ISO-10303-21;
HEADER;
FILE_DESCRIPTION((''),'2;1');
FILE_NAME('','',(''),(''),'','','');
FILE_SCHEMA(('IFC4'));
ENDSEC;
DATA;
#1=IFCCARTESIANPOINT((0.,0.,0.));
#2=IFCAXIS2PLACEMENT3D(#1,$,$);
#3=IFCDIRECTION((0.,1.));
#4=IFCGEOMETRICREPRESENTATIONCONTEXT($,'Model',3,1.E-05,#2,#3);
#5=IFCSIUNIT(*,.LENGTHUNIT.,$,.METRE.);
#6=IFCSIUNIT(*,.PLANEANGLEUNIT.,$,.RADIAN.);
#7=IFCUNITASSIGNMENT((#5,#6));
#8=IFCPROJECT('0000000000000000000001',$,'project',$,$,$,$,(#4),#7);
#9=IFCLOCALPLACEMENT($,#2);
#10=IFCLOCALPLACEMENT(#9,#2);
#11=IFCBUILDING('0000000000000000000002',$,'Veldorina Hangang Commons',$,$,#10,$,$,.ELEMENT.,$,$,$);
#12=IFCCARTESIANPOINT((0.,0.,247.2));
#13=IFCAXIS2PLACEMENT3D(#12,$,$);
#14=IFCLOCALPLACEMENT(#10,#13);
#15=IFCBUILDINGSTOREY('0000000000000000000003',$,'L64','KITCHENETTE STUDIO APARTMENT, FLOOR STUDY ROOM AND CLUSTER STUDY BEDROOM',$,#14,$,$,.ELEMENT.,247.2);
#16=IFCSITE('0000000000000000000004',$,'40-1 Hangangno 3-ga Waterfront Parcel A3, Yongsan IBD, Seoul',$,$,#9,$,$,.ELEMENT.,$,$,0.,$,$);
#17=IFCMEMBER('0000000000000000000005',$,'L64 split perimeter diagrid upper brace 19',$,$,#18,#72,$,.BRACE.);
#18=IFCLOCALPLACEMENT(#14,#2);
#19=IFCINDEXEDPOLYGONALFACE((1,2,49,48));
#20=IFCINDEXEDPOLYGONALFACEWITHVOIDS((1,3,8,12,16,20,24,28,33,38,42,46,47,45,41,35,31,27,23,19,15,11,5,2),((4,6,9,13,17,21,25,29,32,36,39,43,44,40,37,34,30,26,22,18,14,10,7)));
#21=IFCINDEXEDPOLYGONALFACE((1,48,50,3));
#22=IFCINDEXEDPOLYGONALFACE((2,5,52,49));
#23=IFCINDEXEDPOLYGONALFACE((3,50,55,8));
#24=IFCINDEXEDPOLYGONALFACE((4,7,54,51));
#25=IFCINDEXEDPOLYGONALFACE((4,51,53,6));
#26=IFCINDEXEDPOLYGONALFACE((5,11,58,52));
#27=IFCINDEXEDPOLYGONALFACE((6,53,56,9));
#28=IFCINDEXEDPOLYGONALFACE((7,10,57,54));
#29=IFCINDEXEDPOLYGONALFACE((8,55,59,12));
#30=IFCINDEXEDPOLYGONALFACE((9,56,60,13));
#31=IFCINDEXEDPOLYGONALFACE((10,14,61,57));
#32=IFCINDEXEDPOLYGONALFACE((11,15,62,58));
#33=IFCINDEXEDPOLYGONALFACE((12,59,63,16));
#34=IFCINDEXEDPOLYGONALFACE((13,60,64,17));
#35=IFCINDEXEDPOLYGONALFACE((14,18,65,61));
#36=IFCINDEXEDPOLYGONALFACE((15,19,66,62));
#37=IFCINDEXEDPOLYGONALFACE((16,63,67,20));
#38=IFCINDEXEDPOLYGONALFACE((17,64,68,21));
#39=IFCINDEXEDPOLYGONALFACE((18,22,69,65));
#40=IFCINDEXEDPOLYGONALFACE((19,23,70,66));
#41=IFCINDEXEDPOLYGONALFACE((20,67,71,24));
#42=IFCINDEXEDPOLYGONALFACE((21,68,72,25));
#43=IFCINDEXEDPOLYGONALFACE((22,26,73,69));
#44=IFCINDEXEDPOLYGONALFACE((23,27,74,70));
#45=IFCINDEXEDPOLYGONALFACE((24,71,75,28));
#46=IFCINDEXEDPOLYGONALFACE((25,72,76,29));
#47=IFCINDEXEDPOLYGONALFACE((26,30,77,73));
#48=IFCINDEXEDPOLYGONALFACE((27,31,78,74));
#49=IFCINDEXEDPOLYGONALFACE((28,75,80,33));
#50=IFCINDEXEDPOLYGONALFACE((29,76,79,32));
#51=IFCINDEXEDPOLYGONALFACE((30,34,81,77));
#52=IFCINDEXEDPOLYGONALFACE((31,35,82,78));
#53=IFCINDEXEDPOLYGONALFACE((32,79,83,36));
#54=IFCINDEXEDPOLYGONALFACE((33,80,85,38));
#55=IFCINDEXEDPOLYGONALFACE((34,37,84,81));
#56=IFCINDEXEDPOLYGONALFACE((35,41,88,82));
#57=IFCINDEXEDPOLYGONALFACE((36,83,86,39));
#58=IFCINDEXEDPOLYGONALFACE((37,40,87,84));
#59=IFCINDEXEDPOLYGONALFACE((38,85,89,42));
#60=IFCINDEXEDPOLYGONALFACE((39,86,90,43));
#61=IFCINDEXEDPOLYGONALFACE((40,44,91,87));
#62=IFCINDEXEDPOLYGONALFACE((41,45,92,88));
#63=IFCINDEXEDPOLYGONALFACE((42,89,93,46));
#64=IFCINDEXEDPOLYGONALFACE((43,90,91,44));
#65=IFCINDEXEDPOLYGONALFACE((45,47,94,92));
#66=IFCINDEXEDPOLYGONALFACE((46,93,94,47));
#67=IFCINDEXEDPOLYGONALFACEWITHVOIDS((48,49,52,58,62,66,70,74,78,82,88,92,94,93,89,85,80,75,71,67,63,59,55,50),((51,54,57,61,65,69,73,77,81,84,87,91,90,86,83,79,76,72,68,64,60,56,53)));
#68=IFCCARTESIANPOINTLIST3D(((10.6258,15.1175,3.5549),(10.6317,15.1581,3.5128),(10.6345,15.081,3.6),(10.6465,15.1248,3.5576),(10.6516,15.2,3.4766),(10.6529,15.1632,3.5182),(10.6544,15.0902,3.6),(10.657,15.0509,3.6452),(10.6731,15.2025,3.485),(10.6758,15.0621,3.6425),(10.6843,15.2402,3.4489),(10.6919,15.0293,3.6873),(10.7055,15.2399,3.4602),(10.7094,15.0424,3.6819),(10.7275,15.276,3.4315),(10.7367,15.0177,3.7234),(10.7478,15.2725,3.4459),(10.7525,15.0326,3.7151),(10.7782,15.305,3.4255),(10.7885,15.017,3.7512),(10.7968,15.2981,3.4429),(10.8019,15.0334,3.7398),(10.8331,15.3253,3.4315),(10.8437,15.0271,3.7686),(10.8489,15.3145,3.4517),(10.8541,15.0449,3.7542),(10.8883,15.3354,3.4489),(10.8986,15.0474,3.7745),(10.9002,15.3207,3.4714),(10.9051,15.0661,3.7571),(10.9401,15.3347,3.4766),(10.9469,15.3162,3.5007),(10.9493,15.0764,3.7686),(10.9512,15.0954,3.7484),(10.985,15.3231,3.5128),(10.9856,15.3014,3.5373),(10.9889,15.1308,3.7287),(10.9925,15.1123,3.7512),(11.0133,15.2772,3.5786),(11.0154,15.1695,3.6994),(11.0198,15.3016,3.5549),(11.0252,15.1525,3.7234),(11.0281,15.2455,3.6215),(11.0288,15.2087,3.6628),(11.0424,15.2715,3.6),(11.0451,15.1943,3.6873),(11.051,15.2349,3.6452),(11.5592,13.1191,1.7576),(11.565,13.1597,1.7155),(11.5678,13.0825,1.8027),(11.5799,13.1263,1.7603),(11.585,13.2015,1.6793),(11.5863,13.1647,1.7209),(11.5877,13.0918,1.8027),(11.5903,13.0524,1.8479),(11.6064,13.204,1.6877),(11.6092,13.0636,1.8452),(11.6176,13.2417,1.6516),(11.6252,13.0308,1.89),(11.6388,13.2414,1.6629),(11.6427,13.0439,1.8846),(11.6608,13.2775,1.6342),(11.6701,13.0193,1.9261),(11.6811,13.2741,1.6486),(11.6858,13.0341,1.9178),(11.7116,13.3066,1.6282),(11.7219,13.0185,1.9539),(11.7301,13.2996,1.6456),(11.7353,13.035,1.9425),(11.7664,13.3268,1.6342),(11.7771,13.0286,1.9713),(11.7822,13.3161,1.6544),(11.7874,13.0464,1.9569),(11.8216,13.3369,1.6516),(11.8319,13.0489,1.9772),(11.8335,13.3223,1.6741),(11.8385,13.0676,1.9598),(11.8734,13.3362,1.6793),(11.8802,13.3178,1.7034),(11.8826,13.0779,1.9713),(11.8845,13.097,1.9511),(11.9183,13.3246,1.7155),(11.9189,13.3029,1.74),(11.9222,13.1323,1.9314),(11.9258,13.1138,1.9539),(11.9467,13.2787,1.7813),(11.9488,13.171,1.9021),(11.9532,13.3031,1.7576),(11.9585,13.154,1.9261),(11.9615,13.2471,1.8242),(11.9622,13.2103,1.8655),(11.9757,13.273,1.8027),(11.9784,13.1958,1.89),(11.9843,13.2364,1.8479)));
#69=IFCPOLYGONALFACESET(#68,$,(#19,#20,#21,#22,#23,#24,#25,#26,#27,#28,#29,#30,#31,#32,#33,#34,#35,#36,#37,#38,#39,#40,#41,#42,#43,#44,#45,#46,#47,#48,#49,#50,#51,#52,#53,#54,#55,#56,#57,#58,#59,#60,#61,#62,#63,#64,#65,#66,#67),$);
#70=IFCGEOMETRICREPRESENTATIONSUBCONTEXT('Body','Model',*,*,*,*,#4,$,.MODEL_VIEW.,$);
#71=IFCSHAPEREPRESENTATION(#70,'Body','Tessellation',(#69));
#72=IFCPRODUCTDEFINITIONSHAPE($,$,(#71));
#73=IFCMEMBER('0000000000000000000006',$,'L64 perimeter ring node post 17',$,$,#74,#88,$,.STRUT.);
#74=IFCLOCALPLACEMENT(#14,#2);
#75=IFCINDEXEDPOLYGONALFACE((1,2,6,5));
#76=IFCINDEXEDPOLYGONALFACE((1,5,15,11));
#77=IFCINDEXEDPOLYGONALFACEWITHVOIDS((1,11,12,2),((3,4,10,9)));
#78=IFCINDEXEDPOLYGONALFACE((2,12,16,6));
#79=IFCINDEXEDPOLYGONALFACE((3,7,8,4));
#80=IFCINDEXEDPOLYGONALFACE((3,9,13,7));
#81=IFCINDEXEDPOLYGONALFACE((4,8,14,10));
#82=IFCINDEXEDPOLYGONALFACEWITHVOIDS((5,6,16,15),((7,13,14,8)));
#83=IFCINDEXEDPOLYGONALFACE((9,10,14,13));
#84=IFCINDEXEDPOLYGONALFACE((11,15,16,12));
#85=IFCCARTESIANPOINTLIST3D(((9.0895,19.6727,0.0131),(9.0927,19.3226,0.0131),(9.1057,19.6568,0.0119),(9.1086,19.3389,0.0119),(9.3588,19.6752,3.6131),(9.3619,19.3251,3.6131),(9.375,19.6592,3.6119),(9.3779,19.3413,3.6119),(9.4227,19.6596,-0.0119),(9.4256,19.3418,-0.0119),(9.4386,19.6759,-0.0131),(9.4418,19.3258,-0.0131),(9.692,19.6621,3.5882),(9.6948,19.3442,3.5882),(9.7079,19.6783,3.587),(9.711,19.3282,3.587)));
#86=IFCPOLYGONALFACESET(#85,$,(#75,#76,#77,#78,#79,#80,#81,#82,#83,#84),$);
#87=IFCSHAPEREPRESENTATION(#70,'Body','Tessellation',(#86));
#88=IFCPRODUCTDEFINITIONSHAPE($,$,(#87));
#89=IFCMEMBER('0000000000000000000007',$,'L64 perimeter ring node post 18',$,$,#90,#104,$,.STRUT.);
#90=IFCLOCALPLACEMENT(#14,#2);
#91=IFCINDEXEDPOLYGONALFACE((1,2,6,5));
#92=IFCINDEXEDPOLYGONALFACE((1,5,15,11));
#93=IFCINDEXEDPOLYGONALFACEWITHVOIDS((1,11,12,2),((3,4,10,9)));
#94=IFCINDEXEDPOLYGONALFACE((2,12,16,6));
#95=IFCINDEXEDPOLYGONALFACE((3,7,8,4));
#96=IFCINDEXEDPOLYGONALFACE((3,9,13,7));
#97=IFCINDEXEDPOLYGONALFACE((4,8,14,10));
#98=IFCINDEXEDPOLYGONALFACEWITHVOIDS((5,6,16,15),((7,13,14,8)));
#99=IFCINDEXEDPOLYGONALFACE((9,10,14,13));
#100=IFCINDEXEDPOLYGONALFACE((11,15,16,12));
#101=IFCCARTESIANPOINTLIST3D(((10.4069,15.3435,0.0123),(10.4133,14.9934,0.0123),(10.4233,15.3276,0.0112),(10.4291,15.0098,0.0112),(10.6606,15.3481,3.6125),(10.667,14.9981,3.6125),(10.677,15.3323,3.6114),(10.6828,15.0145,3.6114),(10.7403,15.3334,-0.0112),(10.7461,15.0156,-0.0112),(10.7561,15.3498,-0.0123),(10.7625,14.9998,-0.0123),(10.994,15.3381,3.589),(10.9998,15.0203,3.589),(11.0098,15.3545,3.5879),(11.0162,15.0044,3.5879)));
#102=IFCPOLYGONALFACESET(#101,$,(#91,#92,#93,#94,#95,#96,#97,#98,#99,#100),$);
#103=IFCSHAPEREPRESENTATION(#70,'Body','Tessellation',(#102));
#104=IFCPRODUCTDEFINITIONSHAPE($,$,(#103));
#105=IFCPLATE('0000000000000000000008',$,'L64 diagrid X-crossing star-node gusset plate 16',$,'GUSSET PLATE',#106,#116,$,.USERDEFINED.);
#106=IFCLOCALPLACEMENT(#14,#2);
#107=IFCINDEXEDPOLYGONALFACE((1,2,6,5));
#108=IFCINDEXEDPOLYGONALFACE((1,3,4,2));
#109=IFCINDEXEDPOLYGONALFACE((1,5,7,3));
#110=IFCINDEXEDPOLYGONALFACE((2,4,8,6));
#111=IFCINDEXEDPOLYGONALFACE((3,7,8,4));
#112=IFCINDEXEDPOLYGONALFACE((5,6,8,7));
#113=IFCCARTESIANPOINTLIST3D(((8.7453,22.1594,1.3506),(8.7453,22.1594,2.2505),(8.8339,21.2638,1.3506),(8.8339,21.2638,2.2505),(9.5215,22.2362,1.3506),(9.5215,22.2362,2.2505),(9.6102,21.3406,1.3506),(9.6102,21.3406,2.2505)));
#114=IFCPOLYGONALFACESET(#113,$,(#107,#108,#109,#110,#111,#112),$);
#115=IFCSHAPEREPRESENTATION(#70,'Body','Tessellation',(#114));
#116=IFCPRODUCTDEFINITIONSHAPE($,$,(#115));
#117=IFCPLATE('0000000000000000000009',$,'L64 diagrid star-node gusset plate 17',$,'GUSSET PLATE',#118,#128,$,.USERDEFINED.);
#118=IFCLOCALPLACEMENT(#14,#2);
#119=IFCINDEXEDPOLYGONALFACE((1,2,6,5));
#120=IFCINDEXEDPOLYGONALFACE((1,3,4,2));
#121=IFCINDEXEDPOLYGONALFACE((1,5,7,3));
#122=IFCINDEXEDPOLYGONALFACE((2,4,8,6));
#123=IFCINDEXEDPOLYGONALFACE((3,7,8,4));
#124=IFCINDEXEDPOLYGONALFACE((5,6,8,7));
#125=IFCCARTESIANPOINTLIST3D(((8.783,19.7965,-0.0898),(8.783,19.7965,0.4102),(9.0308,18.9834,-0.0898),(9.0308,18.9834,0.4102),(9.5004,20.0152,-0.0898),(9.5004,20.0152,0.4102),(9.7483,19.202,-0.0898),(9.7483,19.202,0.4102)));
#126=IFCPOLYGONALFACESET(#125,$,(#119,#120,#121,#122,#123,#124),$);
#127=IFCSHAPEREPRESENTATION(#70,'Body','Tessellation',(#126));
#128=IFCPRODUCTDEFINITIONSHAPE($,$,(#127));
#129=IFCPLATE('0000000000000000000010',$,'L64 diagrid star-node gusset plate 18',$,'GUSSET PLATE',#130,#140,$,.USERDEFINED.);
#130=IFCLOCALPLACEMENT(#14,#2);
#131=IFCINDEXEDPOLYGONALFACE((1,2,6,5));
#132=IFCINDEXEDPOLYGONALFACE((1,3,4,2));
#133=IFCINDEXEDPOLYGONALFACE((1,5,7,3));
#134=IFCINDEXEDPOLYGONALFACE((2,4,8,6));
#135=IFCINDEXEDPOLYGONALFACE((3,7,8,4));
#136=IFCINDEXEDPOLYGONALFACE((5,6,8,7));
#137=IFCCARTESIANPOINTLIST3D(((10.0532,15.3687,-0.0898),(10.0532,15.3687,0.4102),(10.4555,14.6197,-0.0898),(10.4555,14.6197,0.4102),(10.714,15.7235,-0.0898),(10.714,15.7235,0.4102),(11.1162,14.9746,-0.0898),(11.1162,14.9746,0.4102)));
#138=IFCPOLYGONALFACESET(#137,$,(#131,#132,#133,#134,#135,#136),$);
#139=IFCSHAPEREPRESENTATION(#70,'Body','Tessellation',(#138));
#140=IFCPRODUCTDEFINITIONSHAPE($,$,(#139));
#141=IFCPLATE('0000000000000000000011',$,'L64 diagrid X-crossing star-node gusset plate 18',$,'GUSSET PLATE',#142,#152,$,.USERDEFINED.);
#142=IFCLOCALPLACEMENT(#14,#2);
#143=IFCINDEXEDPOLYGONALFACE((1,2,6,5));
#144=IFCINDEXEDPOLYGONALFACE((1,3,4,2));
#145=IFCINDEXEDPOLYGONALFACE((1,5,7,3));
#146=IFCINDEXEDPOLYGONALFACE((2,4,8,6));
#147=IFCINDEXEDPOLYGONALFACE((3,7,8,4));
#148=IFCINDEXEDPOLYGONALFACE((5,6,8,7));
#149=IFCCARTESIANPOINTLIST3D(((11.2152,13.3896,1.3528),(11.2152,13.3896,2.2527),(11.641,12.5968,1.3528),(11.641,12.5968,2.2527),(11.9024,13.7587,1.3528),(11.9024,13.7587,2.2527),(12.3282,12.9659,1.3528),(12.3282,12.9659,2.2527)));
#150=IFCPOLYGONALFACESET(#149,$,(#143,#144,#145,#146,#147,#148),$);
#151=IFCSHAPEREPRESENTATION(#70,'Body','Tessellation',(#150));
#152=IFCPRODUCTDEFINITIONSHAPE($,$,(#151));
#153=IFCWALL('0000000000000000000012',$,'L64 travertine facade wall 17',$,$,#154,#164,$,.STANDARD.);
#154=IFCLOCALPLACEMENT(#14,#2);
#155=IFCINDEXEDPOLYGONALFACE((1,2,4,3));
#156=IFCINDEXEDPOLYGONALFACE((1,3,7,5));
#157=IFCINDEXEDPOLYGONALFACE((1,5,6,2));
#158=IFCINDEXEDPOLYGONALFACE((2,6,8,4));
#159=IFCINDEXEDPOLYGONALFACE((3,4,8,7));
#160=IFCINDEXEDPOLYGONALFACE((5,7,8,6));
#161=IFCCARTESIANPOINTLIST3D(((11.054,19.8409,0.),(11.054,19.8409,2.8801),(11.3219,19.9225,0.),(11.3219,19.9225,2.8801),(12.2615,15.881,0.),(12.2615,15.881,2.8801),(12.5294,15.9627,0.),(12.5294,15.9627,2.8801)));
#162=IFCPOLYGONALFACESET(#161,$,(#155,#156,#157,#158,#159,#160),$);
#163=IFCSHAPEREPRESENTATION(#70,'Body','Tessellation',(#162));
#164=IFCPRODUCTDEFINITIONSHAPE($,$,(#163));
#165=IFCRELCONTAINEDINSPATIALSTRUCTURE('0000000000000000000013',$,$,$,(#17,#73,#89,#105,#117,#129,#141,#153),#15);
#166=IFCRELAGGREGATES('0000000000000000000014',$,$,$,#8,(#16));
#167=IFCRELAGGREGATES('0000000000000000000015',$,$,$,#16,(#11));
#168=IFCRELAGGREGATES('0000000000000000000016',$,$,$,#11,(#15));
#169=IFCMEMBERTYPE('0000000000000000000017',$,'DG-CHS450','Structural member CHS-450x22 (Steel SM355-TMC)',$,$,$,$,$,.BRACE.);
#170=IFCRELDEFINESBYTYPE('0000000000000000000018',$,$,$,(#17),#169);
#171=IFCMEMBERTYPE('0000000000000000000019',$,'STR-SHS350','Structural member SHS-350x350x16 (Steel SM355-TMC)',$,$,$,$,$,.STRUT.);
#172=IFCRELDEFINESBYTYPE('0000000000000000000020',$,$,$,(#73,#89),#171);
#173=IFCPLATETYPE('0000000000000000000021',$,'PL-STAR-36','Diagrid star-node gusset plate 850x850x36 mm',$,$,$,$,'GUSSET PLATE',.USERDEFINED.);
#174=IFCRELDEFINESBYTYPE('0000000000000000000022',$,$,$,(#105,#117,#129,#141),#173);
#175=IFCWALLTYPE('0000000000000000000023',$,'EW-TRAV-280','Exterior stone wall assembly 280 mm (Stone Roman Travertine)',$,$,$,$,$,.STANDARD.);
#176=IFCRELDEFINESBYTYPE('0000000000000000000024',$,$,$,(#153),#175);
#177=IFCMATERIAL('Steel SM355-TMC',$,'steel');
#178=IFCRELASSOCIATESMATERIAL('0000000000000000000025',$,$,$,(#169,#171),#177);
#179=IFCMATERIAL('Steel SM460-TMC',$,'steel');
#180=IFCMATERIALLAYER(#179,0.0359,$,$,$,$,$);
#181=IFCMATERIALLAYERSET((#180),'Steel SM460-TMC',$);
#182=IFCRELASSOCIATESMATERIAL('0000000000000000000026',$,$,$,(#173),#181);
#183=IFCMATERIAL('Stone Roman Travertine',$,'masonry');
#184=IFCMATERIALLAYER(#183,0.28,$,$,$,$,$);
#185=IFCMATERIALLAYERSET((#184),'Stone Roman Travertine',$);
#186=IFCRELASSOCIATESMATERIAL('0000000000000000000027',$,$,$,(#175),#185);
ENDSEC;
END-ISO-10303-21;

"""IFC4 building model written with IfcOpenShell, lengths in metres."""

from ifc_helpers import new_model, si_unit, direction, frame, frame_2d, origin, origin_2d, place, context, subcontext, project, spatial, rectangle, hollow_rectangle, hollow_circle, extrude, material, layer, layer_set, material_profile, profile_set, type_object, element, save


model = new_model("IFC4")

# Units and contexts
model_context = context("Model", 3, precision=1e-05, world=origin(), true_north=direction((0.0, 1.0)))
body_context = subcontext(model_context, "Body", "Model", "MODEL_VIEW")
ifc_project = project(units=[si_unit("LENGTHUNIT", "METRE"), si_unit("PLANEANGLEUNIT", "RADIAN")], contexts=[model_context])

# Site, building, storey
site_placement = place(None, origin())
site = spatial("IfcSite", under=ifc_project, at=site_placement, Name="40-1 Hangangno 3-ga Waterfront Parcel A3, Yongsan IBD, Seoul", CompositionType="ELEMENT", RefElevation=0.0)
building_placement = place(site_placement, origin())
building = spatial("IfcBuilding", under=site, at=building_placement, Name="Veldorina Hangang Commons", CompositionType="ELEMENT")
storey_placement = place(building_placement, frame((0.0, 0.0, 247.2)))
storey = spatial("IfcBuildingStorey", under=building, at=storey_placement, Name="L64", Description="KITCHENETTE STUDIO APARTMENT, FLOOR STUDY ROOM AND CLUSTER STUDY BEDROOM", CompositionType="ELEMENT", Elevation=247.2)

# Shared definitions
ifc_material_1 = material(Name="Steel SM355-TMC", Category="steel")

# Members
ifc_material_profile_1 = material_profile(ifc_material_1, hollow_circle(Radius=0.2251, WallThickness=0.022, at=origin_2d()), Name="CHS-450x22")
ifc_profile_set_1 = profile_set([ifc_material_profile_1], Name="Steel SM355-TMC")
member_type_1 = type_object("IfcMemberType", Name="DG-CHS450", Description="Structural member CHS-450x22 (Steel SM355-TMC)", PredefinedType="BRACE", material=ifc_profile_set_1)
member_1_placement = place(storey_placement, frame((11.7717, 13.1777, 1.8027), z_axis=(-0.328031, 0.702396, 0.631693), x_axis=(-0.906062, -0.423146, 0.0)))
element("IfcMember", 1, at=member_1_placement, inside=storey, type_object=member_type_1, Name="L64 split perimeter diagrid upper brace 19", PredefinedType="BRACE", context=body_context, shape_type="SweptSolid", body=[
    extrude(hollow_circle(Radius=0.2251, WallThickness=0.022, at=origin_2d()), origin(), (0.0, 0.0, 1.0), 2.8452),
])
ifc_material_profile_2 = material_profile(ifc_material_1, hollow_rectangle(XDim=0.3501, YDim=0.3501, WallThickness=0.0161, at=origin_2d()), Name="SHS-350x350x16")
ifc_profile_set_2 = profile_set([ifc_material_profile_2], Name="Steel SM355-TMC")
member_type_2 = type_object("IfcMemberType", Name="STR-SHS350", Description="Structural member SHS-350x350x16 (Steel SM355-TMC)", PredefinedType="STRUT", material=ifc_profile_set_2)
member_2_placement = place(storey_placement, frame((9.2656, 19.4993, 0.0), z_axis=(0.074592, 0.000676, 0.997214), x_axis=(-0.009066, 0.999959, 0.0)))
element("IfcMember", 2, at=member_2_placement, inside=storey, type_object=member_type_2, Name="L64 perimeter ring node post 17", PredefinedType="STRUT", context=body_context, shape_type="SweptSolid", body=[
    extrude(hollow_rectangle(XDim=0.3501, YDim=0.3501, WallThickness=0.0161, at=origin_2d()), origin(), (0.0, 0.0, 1.0), 3.6101),
])
member_3_placement = place(storey_placement, frame((10.5847, 15.1716, 0.0), z_axis=(0.070285, 0.001285, 0.997526), x_axis=(-0.018284, 0.999833, 0.0)))
element("IfcMember", 3, at=member_3_placement, inside=storey, type_object=member_type_2, Name="L64 perimeter ring node post 18", PredefinedType="STRUT", context=body_context, shape_type="SweptSolid", body=[
    extrude(hollow_rectangle(XDim=0.3501, YDim=0.3501, WallThickness=0.0161, at=origin_2d()), origin(), (0.0, 0.0, 1.0), 3.6091),
])

# Plates
ifc_material_2 = material(Name="Steel SM460-TMC", Category="steel")
ifc_layer_1 = layer(ifc_material_2, 0.0359)
ifc_layer_set_1 = layer_set([ifc_layer_1], Name="Steel SM460-TMC")
plate_type = type_object("IfcPlateType", Name="PL-STAR-36", Description="Diagrid star-node gusset plate 850x850x36 mm", ElementType="GUSSET PLATE", PredefinedType="USERDEFINED", material=ifc_layer_set_1)
plate_1_placement = place(storey_placement, frame((9.1777, 21.75, 1.3506), z_axis=(0.0, 0.0, 1.0), x_axis=(0.098486, -0.995138, 0.0)))
element("IfcPlate", 4, at=plate_1_placement, inside=storey, type_object=plate_type, Name="L64 diagrid X-crossing star-node gusset plate 16", ObjectType="GUSSET PLATE", PredefinedType="USERDEFINED", context=body_context, shape_type="SweptSolid", body=[
    extrude(rectangle(XDim=0.8999, YDim=0.78, at=origin_2d()), origin(), (0.0, 0.0, 1.0), 0.8999),
])
for number, where, z_axis, x_axis, name in (
    (5, (9.2656, 19.4993, -0.0898), (0.0, 0.0, 1.0), (0.291554, -0.956554, 0.0), "L64 diagrid star-node gusset plate 17"),
    (6, (10.5847, 15.1716, -0.0898), (0.0, 0.0, 1.0), (0.473135, -0.88099, 0.0), "L64 diagrid star-node gusset plate 18"),
):
    element("IfcPlate", number, at=place(storey_placement, frame(where, z_axis=z_axis, x_axis=x_axis)), inside=storey, type_object=plate_type, Name=name, ObjectType="GUSSET PLATE", PredefinedType="USERDEFINED", context=body_context, shape_type="SweptSolid", body=[
        extrude(rectangle(XDim=0.8501, YDim=0.75, at=origin_2d()), origin(), (0.0, 0.0, 1.0), 0.5),
    ])
plate_2_placement = place(storey_placement, frame((11.7717, 13.1777, 1.3528), z_axis=(0.0, 0.0, 1.0), x_axis=(0.473135, -0.88099, 0.0)))
element("IfcPlate", 7, at=plate_2_placement, inside=storey, type_object=plate_type, Name="L64 diagrid X-crossing star-node gusset plate 18", ObjectType="GUSSET PLATE", PredefinedType="USERDEFINED", context=body_context, shape_type="SweptSolid", body=[
    extrude(rectangle(XDim=0.8999, YDim=0.78, at=origin_2d()), origin(), (0.0, 0.0, 1.0), 0.8999),
])

# Wall
ifc_material_3 = material(Name="Stone Roman Travertine", Category="masonry")
ifc_layer_2 = layer(ifc_material_3, 0.28)
ifc_layer_set_2 = layer_set([ifc_layer_2], Name="Stone Roman Travertine")
wall_type_1 = type_object("IfcWallType", Name="EW-TRAV-280", Description="Exterior stone wall assembly 280 mm (Stone Roman Travertine)", PredefinedType="STANDARD", material=ifc_layer_set_2)
wall_1_placement = place(storey_placement, frame((11.188, 19.8816, 0.0), z_axis=(0.0, 0.0, 1.0), x_axis=(0.291673, -0.956518, 0.0)))
element("IfcWall", 8, at=wall_1_placement, inside=storey, type_object=wall_type_1, Name="L64 travertine facade wall 17", PredefinedType="STANDARD", context=body_context, shape_type="SweptSolid", body=[
    extrude(rectangle(XDim=4.1399, YDim=0.28, at=frame_2d((2.0698, 0.0))), origin(), (0.0, 0.0, 1.0), 2.8801),
])

save(model, "model.ifc")
